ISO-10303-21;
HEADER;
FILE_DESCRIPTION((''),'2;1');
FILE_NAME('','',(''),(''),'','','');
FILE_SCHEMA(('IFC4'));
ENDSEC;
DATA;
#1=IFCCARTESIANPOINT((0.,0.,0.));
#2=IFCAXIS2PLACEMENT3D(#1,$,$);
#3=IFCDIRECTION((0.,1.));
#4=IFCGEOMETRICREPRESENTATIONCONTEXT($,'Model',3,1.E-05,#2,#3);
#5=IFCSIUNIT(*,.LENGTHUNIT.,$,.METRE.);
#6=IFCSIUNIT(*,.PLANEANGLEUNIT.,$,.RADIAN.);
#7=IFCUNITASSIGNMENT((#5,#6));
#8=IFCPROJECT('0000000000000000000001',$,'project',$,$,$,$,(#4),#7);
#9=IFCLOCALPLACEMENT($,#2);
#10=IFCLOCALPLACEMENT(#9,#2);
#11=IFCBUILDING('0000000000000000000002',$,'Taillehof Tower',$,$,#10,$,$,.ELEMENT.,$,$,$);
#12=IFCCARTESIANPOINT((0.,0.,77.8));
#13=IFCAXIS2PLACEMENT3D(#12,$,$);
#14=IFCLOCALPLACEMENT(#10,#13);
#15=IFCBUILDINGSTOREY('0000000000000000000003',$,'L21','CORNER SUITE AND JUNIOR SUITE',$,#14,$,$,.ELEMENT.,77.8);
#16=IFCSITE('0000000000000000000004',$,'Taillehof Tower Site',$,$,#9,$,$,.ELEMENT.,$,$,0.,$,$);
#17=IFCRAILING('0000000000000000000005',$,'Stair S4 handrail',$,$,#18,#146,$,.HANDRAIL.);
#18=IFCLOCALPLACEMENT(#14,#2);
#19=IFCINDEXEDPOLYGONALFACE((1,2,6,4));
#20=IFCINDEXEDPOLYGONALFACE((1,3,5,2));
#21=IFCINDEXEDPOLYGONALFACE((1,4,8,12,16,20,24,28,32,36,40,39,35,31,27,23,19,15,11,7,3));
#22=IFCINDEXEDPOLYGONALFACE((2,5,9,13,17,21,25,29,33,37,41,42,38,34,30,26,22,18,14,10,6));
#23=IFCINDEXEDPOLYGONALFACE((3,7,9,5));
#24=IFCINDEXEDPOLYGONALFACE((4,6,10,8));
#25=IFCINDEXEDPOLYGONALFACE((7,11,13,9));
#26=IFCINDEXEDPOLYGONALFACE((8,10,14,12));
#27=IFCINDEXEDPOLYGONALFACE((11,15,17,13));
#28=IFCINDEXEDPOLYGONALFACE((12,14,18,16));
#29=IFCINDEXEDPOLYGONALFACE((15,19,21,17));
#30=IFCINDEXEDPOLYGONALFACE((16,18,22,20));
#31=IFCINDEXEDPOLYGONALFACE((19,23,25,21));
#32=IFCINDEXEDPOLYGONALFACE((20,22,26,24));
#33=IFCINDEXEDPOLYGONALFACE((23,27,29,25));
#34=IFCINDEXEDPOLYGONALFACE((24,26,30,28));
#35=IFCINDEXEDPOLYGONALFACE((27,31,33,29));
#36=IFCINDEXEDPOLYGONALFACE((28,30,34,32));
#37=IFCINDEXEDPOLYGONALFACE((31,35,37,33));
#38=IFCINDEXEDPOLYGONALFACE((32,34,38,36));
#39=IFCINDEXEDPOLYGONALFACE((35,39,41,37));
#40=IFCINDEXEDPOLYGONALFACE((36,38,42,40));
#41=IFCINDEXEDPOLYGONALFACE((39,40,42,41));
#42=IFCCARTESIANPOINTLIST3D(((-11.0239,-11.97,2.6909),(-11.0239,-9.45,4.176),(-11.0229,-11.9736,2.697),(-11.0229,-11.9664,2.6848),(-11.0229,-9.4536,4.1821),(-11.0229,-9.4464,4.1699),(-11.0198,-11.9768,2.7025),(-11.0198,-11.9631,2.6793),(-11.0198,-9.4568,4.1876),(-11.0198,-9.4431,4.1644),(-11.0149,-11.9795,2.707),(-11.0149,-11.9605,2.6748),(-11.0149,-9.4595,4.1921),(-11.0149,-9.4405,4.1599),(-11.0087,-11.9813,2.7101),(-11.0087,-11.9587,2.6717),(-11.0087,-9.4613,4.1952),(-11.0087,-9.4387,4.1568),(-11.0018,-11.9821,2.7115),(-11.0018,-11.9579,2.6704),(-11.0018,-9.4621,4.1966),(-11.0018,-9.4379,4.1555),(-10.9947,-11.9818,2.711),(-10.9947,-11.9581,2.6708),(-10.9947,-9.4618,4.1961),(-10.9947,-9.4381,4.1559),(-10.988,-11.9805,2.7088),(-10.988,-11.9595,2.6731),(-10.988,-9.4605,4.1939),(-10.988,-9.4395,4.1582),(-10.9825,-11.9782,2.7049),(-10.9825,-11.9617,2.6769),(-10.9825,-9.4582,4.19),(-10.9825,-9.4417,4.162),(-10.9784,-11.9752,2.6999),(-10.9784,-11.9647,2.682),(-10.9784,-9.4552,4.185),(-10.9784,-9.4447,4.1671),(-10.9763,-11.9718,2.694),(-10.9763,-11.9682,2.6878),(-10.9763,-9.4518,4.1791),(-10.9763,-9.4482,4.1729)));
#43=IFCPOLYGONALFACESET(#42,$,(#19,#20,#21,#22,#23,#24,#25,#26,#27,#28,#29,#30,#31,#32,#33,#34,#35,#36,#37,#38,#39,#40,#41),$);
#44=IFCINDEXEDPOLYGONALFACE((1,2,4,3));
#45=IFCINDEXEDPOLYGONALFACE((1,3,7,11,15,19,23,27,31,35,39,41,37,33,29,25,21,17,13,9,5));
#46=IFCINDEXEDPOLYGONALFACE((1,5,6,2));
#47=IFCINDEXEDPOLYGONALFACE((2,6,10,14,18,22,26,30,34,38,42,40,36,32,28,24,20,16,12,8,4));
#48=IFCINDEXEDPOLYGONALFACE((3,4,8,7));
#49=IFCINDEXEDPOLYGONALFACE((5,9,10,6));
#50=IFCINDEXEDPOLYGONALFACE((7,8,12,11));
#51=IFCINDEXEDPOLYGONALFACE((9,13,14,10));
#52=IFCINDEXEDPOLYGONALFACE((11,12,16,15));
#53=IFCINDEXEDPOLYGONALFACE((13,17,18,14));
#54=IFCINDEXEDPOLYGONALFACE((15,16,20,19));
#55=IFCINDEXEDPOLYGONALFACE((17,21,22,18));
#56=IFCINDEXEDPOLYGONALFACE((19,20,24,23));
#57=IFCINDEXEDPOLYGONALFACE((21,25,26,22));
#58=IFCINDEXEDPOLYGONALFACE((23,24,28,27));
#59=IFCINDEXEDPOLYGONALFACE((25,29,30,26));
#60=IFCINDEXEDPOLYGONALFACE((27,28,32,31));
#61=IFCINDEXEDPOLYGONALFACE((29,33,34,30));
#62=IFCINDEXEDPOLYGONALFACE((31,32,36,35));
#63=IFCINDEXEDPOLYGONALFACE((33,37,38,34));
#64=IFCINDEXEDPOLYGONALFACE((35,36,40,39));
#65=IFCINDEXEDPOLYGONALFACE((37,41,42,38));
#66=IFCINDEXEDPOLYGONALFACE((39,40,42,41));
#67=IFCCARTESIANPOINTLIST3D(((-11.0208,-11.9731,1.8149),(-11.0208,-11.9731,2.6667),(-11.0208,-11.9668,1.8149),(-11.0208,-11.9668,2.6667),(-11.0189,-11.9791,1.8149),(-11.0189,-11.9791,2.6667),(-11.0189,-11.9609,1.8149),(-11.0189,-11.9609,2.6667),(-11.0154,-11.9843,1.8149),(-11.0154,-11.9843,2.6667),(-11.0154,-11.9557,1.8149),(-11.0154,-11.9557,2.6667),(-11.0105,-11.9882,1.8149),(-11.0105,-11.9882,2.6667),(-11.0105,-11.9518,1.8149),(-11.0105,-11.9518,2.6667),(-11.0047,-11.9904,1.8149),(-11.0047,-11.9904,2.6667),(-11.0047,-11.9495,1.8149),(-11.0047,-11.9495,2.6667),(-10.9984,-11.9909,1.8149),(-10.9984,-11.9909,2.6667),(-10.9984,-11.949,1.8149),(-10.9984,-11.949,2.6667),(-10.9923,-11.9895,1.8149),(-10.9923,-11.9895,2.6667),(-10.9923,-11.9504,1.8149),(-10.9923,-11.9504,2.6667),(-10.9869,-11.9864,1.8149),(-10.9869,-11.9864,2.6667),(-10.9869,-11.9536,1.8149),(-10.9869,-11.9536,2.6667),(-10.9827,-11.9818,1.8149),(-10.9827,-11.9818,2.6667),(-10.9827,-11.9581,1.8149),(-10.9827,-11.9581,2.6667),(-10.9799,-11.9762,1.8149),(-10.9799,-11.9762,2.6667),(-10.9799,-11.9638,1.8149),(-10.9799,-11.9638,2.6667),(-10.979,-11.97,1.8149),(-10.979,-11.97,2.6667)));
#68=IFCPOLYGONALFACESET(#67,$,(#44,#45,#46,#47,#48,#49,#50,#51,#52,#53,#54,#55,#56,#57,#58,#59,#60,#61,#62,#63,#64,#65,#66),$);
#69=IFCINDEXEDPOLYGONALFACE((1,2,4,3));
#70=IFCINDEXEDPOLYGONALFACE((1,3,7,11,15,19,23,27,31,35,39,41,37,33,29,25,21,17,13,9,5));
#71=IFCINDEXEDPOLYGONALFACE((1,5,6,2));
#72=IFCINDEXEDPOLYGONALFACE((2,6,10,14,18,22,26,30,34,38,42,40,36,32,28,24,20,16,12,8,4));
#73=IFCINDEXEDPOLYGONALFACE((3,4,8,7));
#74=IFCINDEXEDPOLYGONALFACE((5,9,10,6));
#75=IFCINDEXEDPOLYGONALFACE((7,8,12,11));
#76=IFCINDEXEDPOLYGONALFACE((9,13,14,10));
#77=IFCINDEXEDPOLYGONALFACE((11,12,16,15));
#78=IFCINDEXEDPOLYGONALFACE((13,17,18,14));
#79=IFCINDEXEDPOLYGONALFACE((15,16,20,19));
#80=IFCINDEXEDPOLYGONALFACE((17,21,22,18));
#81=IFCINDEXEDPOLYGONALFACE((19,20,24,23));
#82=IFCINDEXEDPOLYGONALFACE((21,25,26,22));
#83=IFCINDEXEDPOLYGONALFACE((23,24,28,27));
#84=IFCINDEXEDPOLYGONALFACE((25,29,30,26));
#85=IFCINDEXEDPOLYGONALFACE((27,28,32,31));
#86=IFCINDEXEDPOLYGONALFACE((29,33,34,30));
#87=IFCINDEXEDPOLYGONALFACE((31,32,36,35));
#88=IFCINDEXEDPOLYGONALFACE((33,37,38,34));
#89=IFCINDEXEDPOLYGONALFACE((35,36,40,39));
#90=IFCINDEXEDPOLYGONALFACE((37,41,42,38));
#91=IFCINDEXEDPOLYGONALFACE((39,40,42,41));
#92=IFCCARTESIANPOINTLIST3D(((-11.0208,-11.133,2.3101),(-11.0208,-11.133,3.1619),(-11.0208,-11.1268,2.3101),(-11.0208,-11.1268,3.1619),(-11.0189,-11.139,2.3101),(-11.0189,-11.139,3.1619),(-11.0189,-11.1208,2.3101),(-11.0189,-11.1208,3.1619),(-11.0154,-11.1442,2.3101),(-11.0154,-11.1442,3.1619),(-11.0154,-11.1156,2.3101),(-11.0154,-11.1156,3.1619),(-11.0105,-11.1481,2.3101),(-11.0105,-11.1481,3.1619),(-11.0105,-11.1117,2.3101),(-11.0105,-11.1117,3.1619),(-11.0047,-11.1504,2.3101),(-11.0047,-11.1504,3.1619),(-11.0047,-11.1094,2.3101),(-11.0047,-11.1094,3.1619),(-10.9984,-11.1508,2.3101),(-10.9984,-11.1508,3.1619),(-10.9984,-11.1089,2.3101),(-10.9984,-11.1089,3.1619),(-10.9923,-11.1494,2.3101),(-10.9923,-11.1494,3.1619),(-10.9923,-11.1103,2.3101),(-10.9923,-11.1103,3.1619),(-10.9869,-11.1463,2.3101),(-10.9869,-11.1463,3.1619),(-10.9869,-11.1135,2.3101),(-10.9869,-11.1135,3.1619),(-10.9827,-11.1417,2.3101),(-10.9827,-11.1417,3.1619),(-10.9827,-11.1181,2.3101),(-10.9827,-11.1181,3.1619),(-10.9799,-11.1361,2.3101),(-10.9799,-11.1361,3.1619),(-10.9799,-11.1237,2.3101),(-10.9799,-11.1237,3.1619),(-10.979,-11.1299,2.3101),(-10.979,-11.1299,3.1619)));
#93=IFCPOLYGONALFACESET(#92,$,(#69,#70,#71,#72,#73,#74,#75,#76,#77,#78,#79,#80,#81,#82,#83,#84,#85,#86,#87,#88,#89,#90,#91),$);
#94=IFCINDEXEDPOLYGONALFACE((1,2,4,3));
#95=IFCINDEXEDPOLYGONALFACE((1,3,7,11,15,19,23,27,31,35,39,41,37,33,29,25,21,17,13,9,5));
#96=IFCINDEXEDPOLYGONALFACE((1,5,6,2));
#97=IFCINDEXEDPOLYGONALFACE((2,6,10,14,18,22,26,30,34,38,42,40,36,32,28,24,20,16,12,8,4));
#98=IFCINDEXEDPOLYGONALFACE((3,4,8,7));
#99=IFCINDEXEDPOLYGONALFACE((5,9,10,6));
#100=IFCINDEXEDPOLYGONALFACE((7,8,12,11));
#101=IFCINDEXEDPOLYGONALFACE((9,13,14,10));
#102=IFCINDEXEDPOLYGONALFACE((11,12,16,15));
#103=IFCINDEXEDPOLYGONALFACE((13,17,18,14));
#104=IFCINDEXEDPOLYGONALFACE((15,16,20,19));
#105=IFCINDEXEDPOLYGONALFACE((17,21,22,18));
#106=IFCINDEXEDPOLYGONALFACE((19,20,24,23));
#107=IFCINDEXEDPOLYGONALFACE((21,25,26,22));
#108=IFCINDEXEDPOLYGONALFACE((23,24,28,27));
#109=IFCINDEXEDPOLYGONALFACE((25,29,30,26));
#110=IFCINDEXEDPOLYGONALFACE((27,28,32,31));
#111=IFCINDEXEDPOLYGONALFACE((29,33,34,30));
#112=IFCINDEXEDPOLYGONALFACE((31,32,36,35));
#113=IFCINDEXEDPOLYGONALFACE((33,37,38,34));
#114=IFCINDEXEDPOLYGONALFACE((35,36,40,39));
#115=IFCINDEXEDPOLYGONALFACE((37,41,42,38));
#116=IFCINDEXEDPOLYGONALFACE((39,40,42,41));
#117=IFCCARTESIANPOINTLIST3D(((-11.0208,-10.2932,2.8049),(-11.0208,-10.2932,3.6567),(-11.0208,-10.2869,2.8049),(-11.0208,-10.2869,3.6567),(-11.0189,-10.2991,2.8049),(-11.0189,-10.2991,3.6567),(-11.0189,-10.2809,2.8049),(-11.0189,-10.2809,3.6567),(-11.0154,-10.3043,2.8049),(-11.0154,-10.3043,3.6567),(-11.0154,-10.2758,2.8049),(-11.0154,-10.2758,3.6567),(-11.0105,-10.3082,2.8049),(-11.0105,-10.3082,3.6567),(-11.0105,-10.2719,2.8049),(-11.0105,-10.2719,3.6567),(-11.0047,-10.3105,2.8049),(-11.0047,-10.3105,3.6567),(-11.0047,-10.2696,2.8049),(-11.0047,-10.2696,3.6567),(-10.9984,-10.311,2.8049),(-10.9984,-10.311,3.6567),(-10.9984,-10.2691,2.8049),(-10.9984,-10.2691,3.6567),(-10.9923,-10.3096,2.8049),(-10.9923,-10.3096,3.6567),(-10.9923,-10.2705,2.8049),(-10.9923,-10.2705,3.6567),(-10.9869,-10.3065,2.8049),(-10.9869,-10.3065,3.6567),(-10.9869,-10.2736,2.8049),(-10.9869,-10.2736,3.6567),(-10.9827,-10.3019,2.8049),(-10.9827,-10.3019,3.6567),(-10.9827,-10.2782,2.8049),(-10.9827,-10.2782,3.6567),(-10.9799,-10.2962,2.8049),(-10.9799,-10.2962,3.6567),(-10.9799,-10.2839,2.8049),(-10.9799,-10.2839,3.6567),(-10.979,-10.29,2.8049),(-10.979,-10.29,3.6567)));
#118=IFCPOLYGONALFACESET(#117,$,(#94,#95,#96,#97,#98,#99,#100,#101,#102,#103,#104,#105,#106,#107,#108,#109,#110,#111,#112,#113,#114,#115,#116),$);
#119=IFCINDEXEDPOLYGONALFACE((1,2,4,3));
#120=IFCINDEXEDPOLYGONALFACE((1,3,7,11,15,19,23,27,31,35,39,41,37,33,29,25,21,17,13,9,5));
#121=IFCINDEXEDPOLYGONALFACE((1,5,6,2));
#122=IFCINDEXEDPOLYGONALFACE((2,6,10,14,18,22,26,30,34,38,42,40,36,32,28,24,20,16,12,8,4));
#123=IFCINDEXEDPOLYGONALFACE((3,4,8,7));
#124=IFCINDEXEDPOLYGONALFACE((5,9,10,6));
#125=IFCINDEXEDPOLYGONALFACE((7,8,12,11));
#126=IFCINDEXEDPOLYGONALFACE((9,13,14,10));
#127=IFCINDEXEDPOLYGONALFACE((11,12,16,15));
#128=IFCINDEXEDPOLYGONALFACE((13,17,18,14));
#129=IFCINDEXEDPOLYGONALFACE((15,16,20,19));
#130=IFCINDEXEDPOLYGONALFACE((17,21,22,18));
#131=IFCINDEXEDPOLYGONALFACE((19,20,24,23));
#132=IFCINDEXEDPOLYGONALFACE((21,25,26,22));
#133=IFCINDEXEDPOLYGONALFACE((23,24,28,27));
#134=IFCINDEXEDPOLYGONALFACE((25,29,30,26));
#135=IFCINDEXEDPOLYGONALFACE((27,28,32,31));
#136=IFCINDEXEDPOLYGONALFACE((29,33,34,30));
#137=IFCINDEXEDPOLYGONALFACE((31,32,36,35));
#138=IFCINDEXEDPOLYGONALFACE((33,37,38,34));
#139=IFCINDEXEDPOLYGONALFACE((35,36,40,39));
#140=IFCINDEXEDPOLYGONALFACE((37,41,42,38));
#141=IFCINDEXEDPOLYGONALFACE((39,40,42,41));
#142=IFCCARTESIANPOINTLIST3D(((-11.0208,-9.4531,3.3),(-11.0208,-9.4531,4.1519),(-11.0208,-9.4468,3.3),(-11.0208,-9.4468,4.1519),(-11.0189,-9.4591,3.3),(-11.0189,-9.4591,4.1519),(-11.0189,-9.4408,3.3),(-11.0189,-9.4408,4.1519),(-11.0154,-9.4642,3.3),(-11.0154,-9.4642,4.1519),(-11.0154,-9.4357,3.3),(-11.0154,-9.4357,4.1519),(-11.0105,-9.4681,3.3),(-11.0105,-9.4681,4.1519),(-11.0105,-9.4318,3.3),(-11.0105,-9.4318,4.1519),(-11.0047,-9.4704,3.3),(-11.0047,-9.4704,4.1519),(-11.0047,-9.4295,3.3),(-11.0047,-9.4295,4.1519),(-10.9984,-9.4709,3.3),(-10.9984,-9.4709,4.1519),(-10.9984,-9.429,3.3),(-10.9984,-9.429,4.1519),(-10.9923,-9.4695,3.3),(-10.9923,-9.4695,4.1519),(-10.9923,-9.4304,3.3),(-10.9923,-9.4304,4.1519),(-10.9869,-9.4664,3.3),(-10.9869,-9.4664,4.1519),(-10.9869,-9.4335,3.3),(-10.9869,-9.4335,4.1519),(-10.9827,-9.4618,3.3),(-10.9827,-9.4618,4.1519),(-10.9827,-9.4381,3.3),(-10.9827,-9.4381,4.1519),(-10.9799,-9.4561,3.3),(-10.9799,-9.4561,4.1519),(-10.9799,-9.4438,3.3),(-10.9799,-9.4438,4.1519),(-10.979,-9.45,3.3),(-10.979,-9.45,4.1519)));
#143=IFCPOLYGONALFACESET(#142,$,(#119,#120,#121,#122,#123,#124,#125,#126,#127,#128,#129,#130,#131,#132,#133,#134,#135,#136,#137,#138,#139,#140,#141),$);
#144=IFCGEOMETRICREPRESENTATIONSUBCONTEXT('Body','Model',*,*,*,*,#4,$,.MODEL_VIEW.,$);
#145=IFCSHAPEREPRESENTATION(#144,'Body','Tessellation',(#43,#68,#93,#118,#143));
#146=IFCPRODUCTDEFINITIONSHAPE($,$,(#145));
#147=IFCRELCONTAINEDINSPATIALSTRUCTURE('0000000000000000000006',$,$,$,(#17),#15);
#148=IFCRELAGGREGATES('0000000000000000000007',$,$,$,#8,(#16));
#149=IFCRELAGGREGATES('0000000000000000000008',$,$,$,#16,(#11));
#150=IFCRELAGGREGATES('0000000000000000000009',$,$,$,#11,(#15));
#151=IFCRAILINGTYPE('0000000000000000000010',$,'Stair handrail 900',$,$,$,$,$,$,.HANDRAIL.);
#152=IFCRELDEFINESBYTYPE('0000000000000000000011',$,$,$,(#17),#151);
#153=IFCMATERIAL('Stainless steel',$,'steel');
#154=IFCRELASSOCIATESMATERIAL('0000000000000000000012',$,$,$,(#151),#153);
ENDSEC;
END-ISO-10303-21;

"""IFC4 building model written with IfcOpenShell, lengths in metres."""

from ifc_helpers import new_model, si_unit, direction, frame, origin, origin_2d, place, context, subcontext, project, spatial, circle, extrude, material, type_object, element, save


model = new_model("IFC4")

# Units and contexts
model_context = context("Model", 3, precision=1e-05, world=origin(), true_north=direction((0.0, 1.0)))
body_context = subcontext(model_context, "Body", "Model", "MODEL_VIEW")
ifc_project = project(units=[si_unit("LENGTHUNIT", "METRE"), si_unit("PLANEANGLEUNIT", "RADIAN")], contexts=[model_context])

# Site, building, storey
site_placement = place(None, origin())
site = spatial("IfcSite", under=ifc_project, at=site_placement, Name="Taillehof Tower Site", CompositionType="ELEMENT", RefElevation=0.0)
building_placement = place(site_placement, origin())
building = spatial("IfcBuilding", under=site, at=building_placement, Name="Taillehof Tower", CompositionType="ELEMENT")
storey_placement = place(building_placement, frame((0.0, 0.0, 77.8)))
storey = spatial("IfcBuildingStorey", under=building, at=storey_placement, Name="L21", Description="CORNER SUITE AND JUNIOR SUITE", CompositionType="ELEMENT", Elevation=77.8)

# Railing
ifc_material_1 = material(Name="Stainless steel", Category="steel")
railing_type = type_object("IfcRailingType", Name="Stair handrail 900", PredefinedType="HANDRAIL", material=ifc_material_1)
railing_placement = place(storey_placement, frame((-11.0, -11.97, 1.8149)))
element("IfcRailing", 1, at=railing_placement, inside=storey, type_object=railing_type, Name="Stair S4 handrail", PredefinedType="HANDRAIL", context=body_context, shape_type="SweptSolid", body=[
    extrude(circle(Radius=0.0239, at=origin_2d()), frame((0.0, 0.0, 0.876), z_axis=(0.0, 0.861524, 0.507717), x_axis=(-1.0, 0.0, 0.0)), (0.0, 0.0, 1.0), 2.925),
    extrude(circle(Radius=0.021, at=origin_2d()), origin(), (0.0, 0.0, 1.0), 0.8518),
    extrude(circle(Radius=0.021, at=origin_2d()), frame((0.0, 0.8401, 0.4951)), (0.0, 0.0, 1.0), 0.8518),
    extrude(circle(Radius=0.021, at=origin_2d()), frame((0.0, 1.6799, 0.99)), (0.0, 0.0, 1.0), 0.8518),
    extrude(circle(Radius=0.021, at=origin_2d()), frame((0.0, 2.52, 1.4851)), (0.0, 0.0, 1.0), 0.8518),
])

save(model, "model.ifc")
